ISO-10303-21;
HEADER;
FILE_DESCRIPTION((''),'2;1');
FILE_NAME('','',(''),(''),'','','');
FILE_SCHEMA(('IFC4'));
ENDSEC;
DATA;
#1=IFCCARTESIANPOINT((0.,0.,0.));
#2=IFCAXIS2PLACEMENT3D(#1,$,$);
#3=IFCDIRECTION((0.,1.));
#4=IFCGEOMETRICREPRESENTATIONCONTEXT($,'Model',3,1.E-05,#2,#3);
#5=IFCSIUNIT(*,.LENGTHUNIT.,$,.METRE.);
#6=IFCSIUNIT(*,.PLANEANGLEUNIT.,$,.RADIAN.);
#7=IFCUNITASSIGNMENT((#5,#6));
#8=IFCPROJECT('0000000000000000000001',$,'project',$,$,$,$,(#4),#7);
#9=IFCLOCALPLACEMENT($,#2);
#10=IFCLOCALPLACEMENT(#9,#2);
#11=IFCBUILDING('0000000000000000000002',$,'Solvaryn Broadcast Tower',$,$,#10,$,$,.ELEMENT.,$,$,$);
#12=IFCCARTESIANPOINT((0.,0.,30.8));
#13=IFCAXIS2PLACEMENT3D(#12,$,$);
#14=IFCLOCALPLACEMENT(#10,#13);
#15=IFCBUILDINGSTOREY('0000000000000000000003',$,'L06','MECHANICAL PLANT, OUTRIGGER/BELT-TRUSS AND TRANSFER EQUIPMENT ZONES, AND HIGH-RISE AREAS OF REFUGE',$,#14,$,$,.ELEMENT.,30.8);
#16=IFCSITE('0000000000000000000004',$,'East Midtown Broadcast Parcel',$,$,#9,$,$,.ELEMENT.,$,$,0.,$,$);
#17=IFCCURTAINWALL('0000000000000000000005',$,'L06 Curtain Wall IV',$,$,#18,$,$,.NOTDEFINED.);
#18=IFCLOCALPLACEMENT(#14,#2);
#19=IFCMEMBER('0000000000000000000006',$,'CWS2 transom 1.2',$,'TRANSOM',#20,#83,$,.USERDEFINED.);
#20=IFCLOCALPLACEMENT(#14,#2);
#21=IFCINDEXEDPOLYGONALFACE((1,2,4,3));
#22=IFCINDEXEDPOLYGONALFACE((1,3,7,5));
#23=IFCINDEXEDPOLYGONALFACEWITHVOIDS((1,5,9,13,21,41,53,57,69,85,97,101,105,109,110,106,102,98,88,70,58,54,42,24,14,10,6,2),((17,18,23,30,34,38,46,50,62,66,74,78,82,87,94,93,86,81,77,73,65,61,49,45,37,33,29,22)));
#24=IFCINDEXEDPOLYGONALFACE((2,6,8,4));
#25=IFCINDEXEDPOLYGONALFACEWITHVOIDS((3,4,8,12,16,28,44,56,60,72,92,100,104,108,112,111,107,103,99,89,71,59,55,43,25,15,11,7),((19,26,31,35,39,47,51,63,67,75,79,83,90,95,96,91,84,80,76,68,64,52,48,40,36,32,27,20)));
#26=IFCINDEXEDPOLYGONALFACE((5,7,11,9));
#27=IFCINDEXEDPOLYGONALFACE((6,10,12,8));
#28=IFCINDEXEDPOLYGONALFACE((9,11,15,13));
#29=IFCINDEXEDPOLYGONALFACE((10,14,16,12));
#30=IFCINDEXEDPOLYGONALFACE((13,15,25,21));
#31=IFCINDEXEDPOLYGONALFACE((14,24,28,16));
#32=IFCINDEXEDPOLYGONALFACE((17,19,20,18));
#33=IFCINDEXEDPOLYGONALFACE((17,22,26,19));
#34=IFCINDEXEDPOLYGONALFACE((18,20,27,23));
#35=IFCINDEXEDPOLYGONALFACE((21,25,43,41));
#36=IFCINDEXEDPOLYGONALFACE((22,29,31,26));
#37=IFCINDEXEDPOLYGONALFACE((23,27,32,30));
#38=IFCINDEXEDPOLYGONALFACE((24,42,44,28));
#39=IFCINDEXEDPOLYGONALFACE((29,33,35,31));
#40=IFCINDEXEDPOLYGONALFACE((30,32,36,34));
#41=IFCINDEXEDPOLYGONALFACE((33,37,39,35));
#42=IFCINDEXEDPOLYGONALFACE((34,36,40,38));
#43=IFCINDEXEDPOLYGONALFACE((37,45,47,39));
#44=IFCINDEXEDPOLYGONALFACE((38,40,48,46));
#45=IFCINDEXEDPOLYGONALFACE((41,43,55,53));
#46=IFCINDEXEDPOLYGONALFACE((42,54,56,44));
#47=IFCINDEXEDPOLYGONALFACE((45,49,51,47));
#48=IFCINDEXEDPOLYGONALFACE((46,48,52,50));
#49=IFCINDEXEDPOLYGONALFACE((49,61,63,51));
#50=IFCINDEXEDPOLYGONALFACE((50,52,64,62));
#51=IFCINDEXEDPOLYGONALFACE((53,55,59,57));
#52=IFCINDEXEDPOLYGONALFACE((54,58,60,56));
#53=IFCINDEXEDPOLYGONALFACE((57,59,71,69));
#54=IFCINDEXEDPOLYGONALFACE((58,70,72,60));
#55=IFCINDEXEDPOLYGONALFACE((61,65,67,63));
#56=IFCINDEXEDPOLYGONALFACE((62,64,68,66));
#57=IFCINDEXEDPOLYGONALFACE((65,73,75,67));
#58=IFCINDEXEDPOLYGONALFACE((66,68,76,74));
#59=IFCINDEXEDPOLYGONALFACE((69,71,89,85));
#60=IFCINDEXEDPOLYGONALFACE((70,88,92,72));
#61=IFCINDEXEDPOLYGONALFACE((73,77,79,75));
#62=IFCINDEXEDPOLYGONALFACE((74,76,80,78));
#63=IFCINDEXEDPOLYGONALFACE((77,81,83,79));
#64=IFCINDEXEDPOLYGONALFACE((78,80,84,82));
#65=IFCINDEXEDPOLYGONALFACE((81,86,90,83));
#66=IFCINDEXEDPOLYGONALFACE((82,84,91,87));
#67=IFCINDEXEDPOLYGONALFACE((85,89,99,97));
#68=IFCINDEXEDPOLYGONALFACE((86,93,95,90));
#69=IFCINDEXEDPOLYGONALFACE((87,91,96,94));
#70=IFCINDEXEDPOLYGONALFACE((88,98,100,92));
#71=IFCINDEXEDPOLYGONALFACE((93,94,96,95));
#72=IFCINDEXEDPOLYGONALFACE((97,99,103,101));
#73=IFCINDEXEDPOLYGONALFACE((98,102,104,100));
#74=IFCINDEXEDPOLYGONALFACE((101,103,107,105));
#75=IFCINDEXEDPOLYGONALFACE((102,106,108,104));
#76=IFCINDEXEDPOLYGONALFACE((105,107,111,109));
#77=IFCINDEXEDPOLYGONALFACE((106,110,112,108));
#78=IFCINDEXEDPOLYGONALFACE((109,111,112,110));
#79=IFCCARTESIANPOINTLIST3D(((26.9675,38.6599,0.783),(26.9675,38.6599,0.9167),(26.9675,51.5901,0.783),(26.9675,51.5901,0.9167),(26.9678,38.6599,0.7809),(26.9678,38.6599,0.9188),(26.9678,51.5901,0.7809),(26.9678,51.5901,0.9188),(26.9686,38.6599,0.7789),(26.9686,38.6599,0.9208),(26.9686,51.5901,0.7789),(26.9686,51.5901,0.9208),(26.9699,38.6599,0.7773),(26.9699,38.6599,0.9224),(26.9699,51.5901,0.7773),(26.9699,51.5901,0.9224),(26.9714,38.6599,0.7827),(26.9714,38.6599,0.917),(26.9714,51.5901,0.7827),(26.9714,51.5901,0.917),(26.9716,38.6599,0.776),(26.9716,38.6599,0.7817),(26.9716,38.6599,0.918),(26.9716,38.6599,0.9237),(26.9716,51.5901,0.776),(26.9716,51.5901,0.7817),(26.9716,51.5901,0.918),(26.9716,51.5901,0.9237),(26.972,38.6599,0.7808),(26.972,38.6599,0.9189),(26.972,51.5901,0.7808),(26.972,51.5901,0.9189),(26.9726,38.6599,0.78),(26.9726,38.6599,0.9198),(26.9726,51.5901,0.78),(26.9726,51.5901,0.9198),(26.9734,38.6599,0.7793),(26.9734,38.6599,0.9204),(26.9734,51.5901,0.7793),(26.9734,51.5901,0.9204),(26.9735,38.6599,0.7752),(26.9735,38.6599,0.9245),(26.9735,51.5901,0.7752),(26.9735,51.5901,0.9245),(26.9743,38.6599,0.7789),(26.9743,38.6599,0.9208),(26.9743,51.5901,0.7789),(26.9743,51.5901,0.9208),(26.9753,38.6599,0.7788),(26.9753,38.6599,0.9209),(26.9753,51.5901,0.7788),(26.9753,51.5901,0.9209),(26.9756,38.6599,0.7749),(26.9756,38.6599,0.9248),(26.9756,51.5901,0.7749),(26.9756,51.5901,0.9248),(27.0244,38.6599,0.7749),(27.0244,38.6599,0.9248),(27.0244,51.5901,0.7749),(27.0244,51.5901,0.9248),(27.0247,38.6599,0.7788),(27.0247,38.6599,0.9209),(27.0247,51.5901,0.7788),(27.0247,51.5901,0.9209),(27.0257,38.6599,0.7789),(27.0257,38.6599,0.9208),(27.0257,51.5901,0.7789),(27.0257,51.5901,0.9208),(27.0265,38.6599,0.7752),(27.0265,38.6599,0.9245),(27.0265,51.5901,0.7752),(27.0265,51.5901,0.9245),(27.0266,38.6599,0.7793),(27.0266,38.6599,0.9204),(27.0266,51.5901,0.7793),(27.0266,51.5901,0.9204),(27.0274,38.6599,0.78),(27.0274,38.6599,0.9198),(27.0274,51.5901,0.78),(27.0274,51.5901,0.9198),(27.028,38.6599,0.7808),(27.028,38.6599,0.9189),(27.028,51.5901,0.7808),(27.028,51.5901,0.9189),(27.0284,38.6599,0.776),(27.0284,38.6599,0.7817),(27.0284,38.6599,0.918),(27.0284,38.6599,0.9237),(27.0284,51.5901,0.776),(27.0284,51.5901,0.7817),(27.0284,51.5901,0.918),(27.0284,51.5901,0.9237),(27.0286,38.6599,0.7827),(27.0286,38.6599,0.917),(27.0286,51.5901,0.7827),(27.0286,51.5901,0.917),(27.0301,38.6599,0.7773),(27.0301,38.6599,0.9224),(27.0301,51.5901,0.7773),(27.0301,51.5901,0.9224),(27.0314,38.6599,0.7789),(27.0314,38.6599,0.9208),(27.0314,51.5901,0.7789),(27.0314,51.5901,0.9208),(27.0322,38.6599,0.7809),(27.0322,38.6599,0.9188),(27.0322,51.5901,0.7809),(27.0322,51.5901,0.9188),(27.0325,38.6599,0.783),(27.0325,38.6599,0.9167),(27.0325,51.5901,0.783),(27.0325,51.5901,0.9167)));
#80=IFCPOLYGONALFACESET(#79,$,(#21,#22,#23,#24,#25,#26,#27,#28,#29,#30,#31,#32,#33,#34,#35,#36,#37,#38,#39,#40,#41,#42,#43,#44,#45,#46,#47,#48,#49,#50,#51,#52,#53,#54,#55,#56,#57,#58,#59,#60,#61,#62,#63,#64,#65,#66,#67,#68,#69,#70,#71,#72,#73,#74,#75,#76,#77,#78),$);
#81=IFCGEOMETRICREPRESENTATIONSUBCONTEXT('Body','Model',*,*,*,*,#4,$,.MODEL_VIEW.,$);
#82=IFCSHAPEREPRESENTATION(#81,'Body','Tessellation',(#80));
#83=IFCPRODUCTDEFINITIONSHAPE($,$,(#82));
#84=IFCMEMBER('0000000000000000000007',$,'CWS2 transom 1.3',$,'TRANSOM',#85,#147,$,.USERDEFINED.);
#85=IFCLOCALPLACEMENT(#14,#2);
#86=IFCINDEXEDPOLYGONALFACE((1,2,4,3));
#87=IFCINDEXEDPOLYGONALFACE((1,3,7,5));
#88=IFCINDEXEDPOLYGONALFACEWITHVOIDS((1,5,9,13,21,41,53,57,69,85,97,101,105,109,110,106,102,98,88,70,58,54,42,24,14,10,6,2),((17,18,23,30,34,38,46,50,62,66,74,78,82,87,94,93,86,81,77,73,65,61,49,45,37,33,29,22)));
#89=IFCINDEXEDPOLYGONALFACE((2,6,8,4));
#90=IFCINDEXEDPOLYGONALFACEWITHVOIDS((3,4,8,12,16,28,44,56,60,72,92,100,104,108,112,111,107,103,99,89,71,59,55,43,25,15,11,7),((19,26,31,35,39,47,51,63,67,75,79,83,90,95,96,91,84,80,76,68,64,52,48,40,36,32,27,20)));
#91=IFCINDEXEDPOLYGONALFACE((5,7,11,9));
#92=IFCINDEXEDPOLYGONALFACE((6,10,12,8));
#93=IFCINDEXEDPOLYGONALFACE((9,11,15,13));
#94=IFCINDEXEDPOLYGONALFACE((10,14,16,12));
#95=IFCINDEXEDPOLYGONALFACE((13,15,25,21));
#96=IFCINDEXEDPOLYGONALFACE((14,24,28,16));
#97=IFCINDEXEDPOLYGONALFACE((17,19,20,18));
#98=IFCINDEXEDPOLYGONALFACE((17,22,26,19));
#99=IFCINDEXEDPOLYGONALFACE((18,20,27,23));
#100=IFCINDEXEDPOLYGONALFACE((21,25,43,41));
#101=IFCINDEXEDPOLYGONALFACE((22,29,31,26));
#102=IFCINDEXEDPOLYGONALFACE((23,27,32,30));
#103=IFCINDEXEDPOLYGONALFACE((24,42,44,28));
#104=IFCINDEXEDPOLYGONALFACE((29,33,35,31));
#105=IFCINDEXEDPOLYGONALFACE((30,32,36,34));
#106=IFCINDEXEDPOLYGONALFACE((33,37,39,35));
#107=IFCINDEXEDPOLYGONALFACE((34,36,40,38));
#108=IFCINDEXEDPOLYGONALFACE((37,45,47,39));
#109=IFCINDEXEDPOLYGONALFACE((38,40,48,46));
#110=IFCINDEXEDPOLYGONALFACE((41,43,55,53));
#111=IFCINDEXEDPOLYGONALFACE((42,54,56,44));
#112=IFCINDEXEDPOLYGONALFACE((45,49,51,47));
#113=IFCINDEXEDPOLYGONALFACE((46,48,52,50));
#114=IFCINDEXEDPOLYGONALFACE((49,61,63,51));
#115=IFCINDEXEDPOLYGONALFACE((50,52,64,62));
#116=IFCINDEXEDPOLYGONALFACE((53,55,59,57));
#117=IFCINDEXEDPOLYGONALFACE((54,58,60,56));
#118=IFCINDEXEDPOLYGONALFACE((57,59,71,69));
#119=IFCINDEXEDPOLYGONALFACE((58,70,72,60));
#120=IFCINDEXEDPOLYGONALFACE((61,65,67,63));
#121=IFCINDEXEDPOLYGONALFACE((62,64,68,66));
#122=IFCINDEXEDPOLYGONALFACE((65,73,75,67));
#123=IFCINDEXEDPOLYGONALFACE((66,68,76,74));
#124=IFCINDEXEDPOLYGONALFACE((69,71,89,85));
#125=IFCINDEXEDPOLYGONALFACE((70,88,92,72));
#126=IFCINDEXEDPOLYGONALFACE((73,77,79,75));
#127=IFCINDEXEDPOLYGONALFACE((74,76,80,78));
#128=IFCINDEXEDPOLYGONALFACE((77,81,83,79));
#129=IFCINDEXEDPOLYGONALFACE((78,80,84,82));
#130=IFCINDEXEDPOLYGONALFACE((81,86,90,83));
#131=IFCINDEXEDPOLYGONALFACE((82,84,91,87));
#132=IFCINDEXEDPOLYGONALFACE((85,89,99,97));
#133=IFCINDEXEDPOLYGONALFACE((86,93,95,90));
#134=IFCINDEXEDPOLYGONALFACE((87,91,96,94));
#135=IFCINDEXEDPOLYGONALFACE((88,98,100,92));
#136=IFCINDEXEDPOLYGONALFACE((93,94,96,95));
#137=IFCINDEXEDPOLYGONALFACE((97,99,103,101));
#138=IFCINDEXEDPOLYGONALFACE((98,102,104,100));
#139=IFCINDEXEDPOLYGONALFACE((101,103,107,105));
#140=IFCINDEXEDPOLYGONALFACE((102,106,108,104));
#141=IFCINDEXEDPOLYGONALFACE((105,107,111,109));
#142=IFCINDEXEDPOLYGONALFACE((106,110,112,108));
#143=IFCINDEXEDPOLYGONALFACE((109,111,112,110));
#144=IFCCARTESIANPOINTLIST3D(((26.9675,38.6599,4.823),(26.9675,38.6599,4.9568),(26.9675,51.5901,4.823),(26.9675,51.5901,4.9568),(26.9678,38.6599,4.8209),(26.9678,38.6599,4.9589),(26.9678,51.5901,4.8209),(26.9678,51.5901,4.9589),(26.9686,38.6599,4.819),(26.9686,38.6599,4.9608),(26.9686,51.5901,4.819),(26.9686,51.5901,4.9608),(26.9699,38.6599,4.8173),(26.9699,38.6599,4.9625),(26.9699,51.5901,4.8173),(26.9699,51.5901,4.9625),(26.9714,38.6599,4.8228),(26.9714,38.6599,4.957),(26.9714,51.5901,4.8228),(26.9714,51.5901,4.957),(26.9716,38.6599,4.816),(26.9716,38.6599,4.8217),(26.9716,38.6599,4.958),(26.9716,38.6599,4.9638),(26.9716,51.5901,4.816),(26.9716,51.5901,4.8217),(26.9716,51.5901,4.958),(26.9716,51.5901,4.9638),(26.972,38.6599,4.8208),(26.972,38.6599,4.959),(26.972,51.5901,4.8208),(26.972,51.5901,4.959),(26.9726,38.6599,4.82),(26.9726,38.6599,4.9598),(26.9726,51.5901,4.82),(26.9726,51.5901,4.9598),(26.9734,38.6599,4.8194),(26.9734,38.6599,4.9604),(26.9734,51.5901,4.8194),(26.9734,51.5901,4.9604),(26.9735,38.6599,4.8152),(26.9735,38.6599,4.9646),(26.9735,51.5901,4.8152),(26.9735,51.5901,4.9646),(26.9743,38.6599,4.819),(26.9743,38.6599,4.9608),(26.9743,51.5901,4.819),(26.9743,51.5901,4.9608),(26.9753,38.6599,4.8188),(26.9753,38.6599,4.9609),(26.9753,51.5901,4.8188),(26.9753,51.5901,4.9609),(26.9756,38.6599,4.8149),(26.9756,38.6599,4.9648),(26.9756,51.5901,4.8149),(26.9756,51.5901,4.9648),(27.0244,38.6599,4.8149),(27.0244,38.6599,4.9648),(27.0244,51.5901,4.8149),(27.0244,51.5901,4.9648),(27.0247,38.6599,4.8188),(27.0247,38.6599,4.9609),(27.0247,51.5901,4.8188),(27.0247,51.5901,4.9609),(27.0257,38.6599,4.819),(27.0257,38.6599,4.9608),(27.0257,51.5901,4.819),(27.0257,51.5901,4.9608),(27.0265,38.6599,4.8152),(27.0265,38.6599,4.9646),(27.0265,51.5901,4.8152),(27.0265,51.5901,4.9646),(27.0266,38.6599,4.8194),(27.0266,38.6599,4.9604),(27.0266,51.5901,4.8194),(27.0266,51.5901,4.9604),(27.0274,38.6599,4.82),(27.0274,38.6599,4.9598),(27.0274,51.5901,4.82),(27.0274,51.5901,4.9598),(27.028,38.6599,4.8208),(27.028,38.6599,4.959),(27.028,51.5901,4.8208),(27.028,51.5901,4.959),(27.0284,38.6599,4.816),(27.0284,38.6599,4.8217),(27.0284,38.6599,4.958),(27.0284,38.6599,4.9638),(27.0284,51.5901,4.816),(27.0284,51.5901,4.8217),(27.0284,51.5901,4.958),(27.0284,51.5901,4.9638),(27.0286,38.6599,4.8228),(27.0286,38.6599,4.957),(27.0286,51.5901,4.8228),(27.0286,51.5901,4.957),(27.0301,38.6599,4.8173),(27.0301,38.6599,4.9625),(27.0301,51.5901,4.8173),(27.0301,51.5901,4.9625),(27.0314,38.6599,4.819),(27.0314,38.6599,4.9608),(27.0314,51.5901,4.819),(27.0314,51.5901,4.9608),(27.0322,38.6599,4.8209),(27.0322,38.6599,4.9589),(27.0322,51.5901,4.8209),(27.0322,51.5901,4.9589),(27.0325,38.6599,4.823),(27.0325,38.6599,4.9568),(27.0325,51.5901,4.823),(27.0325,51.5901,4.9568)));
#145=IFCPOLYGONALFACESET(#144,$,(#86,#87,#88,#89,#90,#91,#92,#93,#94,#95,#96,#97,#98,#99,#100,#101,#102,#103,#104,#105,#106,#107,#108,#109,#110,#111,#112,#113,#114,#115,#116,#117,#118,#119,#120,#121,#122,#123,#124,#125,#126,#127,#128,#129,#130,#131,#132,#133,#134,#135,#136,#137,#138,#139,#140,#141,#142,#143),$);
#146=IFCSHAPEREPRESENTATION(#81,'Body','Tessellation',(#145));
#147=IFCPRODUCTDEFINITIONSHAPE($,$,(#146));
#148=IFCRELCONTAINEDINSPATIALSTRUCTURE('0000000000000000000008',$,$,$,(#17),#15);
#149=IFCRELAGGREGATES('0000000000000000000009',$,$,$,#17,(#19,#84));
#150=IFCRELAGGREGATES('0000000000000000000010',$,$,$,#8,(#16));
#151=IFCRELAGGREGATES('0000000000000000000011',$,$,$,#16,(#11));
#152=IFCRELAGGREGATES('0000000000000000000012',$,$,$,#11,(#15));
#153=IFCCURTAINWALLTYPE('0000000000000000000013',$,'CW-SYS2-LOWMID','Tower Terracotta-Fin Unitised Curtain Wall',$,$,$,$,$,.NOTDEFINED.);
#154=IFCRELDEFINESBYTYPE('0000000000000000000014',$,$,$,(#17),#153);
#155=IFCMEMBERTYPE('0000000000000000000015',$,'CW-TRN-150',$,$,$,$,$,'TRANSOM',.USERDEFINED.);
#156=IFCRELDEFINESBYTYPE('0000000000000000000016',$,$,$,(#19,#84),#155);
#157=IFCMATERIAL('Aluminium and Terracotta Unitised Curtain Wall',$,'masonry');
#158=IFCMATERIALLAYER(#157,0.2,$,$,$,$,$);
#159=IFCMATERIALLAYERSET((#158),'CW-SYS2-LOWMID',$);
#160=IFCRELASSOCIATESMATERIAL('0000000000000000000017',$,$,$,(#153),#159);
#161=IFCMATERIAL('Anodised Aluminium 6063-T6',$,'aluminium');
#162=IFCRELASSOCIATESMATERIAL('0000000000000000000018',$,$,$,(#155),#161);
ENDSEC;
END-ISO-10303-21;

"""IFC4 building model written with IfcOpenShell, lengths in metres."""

from ifc_helpers import new_model, si_unit, direction, frame, origin, origin_2d, place, context, subcontext, project, spatial, hollow_rectangle, extrude, material, layer, layer_set, material_profile, profile_set, type_object, element, aggregate, save


model = new_model("IFC4")

# Units and contexts
model_context = context("Model", 3, precision=1e-05, world=origin(), true_north=direction((0.0, 1.0)))
body_context = subcontext(model_context, "Body", "Model", "MODEL_VIEW")
ifc_project = project(units=[si_unit("LENGTHUNIT", "METRE"), si_unit("PLANEANGLEUNIT", "RADIAN")], contexts=[model_context])

# Site, building, storey
site_placement = place(None, origin())
site = spatial("IfcSite", under=ifc_project, at=site_placement, Name="East Midtown Broadcast Parcel", CompositionType="ELEMENT", RefElevation=0.0)
building_placement = place(site_placement, origin())
building = spatial("IfcBuilding", under=site, at=building_placement, Name="Solvaryn Broadcast Tower", CompositionType="ELEMENT")
storey_placement = place(building_placement, frame((0.0, 0.0, 30.8)))
storey = spatial("IfcBuildingStorey", under=building, at=storey_placement, Name="L06", Description="MECHANICAL PLANT, OUTRIGGER/BELT-TRUSS AND TRANSFER EQUIPMENT ZONES, AND HIGH-RISE AREAS OF REFUGE", CompositionType="ELEMENT", Elevation=30.8)

# Curtain wall
ifc_material_1 = material(Name="Aluminium and Terracotta Unitised Curtain Wall", Category="masonry")
ifc_layer_1 = layer(ifc_material_1, 0.2)
ifc_layer_set_1 = layer_set([ifc_layer_1], Name="CW-SYS2-LOWMID")
curtain_wall_type = type_object("IfcCurtainWallType", Name="CW-SYS2-LOWMID", Description="Tower Terracotta-Fin Unitised Curtain Wall", PredefinedType="NOTDEFINED", material=ifc_layer_set_1)
curtain_wall_1_placement = place(storey_placement, origin())
curtain_wall_1 = element("IfcCurtainWall", 1, at=curtain_wall_1_placement, inside=storey, type_object=curtain_wall_type, Name="L06 Curtain Wall IV", PredefinedType="NOTDEFINED")

# Members
ifc_material_2 = material(Name="Anodised Aluminium 6063-T6", Category="aluminium")
ifc_material_profile_1 = material_profile(ifc_material_2, hollow_rectangle(XDim=0.0649, YDim=0.1499, WallThickness=0.0039, InnerFilletRadius=0.0039, OuterFilletRadius=0.0081, at=origin_2d()))
ifc_profile_set_1 = profile_set([ifc_material_profile_1], Name="Anodised Aluminium 6063-T6")
member_type_1 = type_object("IfcMemberType", Name="CW-TRN-150", ElementType="TRANSOM", PredefinedType="USERDEFINED", material=ifc_profile_set_1)
member_1_placement = place(storey_placement, frame((27.0, 51.5901, 0.8499), z_axis=(0.0, -1.0, 0.0), x_axis=(1.0, 0.0, 0.0)))
member_1 = element("IfcMember", 2, at=member_1_placement, type_object=member_type_1, Name="CWS2 transom 1.2", ObjectType="TRANSOM", PredefinedType="USERDEFINED", context=body_context, shape_type="SweptSolid", body=[
    extrude(hollow_rectangle(XDim=0.0649, YDim=0.1499, WallThickness=0.0039, InnerFilletRadius=0.0039, OuterFilletRadius=0.0081, at=origin_2d()), origin(), (0.0, 0.0, 1.0), 12.9302),
])
member_2_placement = place(storey_placement, frame((27.0, 51.5901, 4.8899), z_axis=(0.0, -1.0, 0.0), x_axis=(1.0, 0.0, 0.0)))
member_2 = element("IfcMember", 3, at=member_2_placement, type_object=member_type_1, Name="CWS2 transom 1.3", ObjectType="TRANSOM", PredefinedType="USERDEFINED", context=body_context, shape_type="SweptSolid", body=[
    extrude(hollow_rectangle(XDim=0.0649, YDim=0.1499, WallThickness=0.0039, InnerFilletRadius=0.0039, OuterFilletRadius=0.0081, at=origin_2d()), origin(), (0.0, 0.0, 1.0), 12.9302),
])

aggregate(curtain_wall_1, [member_1, member_2])

save(model, "model.ifc")
